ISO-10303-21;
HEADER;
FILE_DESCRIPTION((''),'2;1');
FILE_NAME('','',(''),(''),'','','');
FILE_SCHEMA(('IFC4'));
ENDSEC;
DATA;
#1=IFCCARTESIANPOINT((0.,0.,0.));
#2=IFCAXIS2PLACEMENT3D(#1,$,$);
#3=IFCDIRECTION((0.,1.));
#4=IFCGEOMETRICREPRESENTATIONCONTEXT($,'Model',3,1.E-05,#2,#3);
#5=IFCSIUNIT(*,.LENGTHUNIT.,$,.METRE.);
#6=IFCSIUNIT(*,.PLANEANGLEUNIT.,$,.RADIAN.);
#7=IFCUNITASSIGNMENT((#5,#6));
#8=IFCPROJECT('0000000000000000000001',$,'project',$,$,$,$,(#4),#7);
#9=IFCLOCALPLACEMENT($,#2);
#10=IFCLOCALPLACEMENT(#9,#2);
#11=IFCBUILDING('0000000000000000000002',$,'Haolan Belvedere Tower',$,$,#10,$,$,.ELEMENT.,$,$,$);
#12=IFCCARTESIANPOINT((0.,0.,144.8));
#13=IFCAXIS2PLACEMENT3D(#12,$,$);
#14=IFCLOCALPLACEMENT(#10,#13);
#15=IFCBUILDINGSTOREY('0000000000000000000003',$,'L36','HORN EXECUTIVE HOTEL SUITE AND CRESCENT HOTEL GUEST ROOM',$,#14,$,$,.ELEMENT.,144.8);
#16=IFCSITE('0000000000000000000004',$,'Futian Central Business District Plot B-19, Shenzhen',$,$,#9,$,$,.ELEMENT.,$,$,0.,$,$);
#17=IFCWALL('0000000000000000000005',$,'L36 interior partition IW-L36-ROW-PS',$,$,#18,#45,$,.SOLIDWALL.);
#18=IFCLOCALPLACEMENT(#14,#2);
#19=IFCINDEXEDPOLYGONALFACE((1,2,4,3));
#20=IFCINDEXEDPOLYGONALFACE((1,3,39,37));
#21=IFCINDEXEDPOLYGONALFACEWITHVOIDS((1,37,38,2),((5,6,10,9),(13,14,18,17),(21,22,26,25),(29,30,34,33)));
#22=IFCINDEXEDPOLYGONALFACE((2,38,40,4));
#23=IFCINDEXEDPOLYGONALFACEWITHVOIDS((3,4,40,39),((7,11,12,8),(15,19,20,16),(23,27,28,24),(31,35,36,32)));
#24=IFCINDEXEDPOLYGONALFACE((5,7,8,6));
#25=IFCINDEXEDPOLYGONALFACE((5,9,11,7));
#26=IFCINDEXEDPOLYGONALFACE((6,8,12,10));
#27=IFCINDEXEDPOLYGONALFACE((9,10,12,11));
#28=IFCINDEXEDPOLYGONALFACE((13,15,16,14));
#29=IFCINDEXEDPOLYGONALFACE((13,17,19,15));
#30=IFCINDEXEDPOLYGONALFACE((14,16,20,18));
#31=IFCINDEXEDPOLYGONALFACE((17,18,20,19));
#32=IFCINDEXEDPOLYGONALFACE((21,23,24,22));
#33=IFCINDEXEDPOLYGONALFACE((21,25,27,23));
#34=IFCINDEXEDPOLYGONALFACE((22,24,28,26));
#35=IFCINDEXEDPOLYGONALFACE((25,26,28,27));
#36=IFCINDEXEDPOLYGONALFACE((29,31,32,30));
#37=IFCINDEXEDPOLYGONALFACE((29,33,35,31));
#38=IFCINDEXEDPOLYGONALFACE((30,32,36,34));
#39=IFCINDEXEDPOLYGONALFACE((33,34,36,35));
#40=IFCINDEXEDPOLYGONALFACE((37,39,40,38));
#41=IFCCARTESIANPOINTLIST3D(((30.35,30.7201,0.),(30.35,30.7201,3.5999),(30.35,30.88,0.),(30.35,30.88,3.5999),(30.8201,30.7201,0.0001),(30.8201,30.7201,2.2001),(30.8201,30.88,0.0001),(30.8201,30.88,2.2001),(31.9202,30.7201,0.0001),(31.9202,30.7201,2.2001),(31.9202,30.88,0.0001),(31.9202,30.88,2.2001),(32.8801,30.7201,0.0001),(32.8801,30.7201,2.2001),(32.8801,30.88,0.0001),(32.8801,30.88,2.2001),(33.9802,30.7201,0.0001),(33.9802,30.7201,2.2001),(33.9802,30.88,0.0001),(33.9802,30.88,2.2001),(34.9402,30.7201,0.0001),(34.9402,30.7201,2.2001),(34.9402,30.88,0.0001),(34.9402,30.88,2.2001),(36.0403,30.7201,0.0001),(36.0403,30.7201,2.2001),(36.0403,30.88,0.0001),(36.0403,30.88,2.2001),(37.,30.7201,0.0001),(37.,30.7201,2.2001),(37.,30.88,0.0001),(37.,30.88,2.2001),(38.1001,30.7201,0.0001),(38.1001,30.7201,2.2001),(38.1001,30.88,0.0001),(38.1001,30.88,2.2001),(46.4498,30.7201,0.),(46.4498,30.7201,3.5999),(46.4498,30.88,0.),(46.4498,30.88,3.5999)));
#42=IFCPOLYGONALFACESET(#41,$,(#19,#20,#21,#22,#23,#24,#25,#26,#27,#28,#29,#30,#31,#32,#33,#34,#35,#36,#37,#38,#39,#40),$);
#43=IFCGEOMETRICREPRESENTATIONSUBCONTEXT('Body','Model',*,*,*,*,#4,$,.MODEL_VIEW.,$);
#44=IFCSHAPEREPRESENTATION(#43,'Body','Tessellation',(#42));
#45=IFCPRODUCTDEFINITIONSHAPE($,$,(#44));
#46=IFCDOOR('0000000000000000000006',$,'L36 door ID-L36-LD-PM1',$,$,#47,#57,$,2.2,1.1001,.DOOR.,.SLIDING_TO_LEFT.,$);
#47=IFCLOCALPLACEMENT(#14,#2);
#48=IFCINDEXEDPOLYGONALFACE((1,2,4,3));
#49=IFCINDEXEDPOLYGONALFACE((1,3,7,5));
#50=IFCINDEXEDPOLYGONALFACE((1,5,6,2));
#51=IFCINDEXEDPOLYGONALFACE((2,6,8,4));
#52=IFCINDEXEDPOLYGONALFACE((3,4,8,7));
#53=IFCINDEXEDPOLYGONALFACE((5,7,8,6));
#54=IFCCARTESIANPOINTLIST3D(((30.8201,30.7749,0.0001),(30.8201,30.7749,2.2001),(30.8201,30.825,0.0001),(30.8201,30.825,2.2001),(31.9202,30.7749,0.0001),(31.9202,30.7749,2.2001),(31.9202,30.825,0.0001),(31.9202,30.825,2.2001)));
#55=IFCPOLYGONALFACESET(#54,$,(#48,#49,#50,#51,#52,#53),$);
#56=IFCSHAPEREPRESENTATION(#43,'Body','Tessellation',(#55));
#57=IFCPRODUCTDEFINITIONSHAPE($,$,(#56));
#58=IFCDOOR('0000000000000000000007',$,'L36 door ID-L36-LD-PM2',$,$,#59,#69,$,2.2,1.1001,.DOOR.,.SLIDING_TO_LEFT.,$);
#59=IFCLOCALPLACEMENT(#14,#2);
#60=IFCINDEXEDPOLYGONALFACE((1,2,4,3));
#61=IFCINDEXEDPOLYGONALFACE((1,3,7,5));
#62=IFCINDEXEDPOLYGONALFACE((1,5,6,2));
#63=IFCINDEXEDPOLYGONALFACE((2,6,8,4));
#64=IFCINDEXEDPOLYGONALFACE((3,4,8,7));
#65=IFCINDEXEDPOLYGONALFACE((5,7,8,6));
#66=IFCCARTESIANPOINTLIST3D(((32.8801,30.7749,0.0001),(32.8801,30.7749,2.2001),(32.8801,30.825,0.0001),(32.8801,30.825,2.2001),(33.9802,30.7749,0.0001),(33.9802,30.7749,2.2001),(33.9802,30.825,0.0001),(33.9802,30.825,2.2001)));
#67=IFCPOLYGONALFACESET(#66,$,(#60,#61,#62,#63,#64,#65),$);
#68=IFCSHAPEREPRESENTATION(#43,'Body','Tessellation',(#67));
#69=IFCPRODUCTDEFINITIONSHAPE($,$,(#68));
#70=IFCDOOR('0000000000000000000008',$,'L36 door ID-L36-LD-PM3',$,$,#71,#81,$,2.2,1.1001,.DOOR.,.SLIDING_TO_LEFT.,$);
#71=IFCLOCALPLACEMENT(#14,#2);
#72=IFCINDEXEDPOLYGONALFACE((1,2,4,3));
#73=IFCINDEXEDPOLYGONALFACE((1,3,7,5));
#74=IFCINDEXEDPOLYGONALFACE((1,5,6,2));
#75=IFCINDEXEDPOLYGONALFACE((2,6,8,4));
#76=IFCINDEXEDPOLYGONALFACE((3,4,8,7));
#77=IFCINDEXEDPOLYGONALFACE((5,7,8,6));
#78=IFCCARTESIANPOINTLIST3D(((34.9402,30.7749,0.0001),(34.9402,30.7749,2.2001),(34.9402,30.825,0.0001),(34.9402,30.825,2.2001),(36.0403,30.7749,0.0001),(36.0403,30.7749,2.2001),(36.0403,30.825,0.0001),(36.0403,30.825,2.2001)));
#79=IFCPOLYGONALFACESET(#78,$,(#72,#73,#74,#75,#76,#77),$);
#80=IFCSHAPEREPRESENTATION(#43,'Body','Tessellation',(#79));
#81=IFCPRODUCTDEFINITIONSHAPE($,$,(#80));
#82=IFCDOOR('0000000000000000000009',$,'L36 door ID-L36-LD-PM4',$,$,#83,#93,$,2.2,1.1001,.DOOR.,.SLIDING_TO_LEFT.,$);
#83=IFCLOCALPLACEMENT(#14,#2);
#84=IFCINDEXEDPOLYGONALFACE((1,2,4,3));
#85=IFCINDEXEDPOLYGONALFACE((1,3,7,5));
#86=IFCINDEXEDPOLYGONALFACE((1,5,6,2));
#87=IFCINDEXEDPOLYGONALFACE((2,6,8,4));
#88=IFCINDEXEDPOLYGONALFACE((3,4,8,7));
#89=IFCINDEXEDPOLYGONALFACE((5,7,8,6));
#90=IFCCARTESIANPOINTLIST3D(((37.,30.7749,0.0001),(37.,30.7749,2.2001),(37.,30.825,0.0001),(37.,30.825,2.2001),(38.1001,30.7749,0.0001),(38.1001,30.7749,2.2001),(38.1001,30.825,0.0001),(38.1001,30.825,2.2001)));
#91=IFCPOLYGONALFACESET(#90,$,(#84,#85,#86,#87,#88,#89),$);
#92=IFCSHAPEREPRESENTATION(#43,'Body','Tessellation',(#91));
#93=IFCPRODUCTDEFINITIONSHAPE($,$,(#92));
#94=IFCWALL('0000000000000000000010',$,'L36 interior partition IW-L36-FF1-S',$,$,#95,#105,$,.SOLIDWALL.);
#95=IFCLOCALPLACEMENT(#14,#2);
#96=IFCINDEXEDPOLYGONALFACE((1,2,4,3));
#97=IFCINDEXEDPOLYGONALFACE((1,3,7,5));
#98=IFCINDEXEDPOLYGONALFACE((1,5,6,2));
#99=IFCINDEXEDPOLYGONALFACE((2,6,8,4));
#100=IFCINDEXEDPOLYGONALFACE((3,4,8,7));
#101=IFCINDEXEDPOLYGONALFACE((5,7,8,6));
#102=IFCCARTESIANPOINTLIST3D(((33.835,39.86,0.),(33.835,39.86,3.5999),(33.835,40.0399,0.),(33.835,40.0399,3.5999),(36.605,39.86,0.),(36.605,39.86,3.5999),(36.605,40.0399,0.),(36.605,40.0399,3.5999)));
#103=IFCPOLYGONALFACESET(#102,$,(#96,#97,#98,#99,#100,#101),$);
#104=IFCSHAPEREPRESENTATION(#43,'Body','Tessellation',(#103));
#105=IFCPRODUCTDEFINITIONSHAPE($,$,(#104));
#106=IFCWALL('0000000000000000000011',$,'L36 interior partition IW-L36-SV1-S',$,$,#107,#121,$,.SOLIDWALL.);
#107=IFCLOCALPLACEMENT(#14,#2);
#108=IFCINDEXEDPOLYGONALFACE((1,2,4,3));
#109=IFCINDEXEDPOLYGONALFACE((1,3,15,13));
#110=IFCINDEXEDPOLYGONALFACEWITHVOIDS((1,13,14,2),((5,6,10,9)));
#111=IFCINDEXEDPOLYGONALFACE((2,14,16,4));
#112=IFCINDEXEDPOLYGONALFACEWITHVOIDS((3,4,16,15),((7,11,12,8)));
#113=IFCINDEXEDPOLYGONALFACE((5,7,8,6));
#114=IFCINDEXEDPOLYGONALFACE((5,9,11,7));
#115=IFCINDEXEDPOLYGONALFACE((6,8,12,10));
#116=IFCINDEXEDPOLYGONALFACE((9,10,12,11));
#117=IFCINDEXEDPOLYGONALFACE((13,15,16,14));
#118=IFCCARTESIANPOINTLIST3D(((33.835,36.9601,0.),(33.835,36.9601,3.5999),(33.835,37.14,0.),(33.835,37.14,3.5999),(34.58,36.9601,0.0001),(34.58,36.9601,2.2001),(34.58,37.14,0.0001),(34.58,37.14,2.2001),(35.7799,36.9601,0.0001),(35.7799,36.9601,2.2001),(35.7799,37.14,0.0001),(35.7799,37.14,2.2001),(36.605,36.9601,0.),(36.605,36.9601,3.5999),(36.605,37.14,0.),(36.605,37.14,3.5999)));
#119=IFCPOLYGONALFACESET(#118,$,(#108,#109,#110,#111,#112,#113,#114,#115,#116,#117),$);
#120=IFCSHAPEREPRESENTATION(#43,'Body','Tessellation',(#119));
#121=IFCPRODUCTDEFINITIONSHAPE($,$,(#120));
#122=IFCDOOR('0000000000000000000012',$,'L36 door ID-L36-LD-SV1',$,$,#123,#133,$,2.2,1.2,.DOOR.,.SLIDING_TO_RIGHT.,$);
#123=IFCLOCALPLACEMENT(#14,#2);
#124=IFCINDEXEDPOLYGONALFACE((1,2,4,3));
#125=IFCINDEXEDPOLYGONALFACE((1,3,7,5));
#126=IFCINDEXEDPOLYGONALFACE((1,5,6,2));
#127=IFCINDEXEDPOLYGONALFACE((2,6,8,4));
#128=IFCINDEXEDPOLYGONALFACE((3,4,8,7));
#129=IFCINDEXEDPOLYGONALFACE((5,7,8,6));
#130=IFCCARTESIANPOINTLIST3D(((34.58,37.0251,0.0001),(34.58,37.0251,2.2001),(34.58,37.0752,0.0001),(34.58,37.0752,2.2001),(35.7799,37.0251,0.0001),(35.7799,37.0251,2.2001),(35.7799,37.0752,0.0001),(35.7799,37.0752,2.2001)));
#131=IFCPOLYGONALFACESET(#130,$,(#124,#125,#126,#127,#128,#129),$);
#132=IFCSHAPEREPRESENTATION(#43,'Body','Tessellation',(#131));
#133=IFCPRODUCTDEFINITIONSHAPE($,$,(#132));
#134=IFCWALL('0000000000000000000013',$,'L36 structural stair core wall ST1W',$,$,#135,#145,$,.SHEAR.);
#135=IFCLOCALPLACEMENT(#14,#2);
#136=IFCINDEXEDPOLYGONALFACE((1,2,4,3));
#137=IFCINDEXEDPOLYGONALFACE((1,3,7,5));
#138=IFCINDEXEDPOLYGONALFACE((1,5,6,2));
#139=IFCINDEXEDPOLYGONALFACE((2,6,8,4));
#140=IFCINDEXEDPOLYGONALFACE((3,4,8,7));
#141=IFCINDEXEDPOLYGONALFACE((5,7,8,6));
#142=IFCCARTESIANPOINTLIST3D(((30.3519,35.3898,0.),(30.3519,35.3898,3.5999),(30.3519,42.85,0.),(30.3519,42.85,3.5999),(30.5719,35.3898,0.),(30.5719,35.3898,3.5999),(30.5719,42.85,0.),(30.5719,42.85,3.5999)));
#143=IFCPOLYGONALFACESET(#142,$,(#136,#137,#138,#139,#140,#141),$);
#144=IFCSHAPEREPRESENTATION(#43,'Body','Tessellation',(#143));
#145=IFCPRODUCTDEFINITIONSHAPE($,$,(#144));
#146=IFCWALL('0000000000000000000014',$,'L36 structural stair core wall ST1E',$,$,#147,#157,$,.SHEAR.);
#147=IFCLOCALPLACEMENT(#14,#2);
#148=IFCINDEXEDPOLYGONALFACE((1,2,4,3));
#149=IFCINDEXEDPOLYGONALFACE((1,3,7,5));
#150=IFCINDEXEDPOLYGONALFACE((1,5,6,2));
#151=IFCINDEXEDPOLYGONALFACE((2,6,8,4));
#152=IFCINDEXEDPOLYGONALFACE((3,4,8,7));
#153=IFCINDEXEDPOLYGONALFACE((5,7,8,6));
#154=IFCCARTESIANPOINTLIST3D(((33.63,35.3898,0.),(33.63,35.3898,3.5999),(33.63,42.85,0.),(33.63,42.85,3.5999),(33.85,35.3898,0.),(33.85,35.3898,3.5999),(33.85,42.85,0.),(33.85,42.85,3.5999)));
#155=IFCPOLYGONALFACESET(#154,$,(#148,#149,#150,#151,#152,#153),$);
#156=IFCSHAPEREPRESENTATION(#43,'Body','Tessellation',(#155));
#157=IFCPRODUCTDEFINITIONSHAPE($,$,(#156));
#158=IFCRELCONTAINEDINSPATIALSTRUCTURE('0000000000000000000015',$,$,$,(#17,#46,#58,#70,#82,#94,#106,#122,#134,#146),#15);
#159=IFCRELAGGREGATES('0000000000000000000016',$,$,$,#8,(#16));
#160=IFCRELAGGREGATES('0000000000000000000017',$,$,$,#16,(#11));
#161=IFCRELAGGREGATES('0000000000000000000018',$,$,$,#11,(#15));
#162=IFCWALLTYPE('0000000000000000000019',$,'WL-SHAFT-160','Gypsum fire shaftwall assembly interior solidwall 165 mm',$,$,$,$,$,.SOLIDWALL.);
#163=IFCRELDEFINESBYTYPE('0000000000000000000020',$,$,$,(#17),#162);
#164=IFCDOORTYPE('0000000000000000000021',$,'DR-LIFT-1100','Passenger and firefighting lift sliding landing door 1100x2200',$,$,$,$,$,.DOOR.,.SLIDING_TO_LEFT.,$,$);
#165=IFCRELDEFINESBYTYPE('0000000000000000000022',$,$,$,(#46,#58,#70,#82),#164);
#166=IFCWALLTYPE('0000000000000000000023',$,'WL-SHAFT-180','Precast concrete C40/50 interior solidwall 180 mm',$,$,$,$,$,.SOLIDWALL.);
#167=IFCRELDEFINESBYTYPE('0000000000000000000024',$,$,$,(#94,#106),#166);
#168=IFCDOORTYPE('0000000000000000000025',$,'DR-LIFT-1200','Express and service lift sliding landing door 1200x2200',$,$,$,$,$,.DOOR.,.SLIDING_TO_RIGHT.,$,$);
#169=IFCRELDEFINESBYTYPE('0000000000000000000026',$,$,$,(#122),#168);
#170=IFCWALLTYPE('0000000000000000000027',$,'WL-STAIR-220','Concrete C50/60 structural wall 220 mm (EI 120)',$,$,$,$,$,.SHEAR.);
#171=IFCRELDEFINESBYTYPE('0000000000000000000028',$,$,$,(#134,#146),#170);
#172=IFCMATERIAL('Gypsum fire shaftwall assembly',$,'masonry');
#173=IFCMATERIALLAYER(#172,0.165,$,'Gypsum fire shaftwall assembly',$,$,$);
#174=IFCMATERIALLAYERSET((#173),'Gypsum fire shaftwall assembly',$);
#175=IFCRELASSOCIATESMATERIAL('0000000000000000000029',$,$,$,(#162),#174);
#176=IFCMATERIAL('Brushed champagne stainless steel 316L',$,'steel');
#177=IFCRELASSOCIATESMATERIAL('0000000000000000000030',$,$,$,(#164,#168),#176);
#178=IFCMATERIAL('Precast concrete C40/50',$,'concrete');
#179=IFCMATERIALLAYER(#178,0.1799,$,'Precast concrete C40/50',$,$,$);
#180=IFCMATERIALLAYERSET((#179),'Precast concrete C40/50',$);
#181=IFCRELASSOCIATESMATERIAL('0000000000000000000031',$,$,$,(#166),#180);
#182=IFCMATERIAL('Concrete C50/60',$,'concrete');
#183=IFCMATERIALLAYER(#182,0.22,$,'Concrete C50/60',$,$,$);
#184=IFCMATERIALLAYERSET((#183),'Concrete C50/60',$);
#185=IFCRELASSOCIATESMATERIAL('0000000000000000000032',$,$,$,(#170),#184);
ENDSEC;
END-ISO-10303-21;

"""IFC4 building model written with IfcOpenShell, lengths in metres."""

from ifc_helpers import new_model, si_unit, direction, frame, frame_2d, origin, place, context, subcontext, project, spatial, rectangle, extrude, material, layer, layer_set, type_object, element, fill, save


model = new_model("IFC4")

# Units and contexts
model_context = context("Model", 3, precision=1e-05, world=origin(), true_north=direction((0.0, 1.0)))
body_context = subcontext(model_context, "Body", "Model", "MODEL_VIEW")
ifc_project = project(units=[si_unit("LENGTHUNIT", "METRE"), si_unit("PLANEANGLEUNIT", "RADIAN")], contexts=[model_context])

# Site, building, storey
site_placement = place(None, origin())
site = spatial("IfcSite", under=ifc_project, at=site_placement, Name="Futian Central Business District Plot B-19, Shenzhen", CompositionType="ELEMENT", RefElevation=0.0)
building_placement = place(site_placement, origin())
building = spatial("IfcBuilding", under=site, at=building_placement, Name="Haolan Belvedere Tower", CompositionType="ELEMENT")
storey_placement = place(building_placement, frame((0.0, 0.0, 144.8)))
storey = spatial("IfcBuildingStorey", under=building, at=storey_placement, Name="L36", Description="HORN EXECUTIVE HOTEL SUITE AND CRESCENT HOTEL GUEST ROOM", CompositionType="ELEMENT", Elevation=144.8)

# Shared definitions
ifc_material_1 = material(Name="Gypsum fire shaftwall assembly", Category="masonry")
ifc_layer_1 = layer(ifc_material_1, 0.165, Name="Gypsum fire shaftwall assembly")
ifc_layer_set_1 = layer_set([ifc_layer_1], Name="Gypsum fire shaftwall assembly")
wall_type_1 = type_object("IfcWallType", Name="WL-SHAFT-160", Description="Gypsum fire shaftwall assembly interior solidwall 165 mm", PredefinedType="SOLIDWALL", material=ifc_layer_set_1)

# Wall, openings, doors
wall_1_placement = place(storey_placement, frame((30.3501, 30.8, 0.0), z_axis=(0.0, 0.0, 1.0), x_axis=(1.0, 0.0, 0.0)))
wall_1 = element("IfcWall", 1, at=wall_1_placement, inside=storey, type_object=wall_type_1, Name="L36 interior partition IW-L36-ROW-PS", PredefinedType="SOLIDWALL", context=body_context, shape_type="SweptSolid", body=[
    extrude(rectangle(XDim=16.0999, YDim=0.1599, at=frame_2d((8.0498, 0.0))), origin(), (0.0, 0.0, 1.0), 3.5999),
])
opening_1_placement = place(wall_1_placement, frame((0.47, 0.0, 0.0)))
opening_1 = element("IfcOpeningElement", 2, at=opening_1_placement, cuts=wall_1, PredefinedType="OPENING", context=body_context, shape_type="SweptSolid", body=[
    extrude(rectangle(XDim=1.1001, YDim=2.2, at=frame_2d((0.55, 1.1001))), frame((0.0, 0.0898, 0.0), z_axis=(0.0, -1.0, 0.0), x_axis=(1.0, 0.0, 0.0)), (0.0, 0.0, 1.0), 0.1799),
])
opening_2_placement = place(wall_1_placement, frame((2.53, 0.0, 0.0)))
opening_2 = element("IfcOpeningElement", 3, at=opening_2_placement, cuts=wall_1, PredefinedType="OPENING", context=body_context, shape_type="SweptSolid", body=[
    extrude(rectangle(XDim=1.1001, YDim=2.2, at=frame_2d((0.55, 1.1001))), frame((0.0, 0.0898, 0.0), z_axis=(0.0, -1.0, 0.0), x_axis=(1.0, 0.0, 0.0)), (0.0, 0.0, 1.0), 0.1799),
])
opening_3_placement = place(wall_1_placement, frame((4.5901, 0.0, 0.0)))
opening_3 = element("IfcOpeningElement", 4, at=opening_3_placement, cuts=wall_1, PredefinedType="OPENING", context=body_context, shape_type="SweptSolid", body=[
    extrude(rectangle(XDim=1.1001, YDim=2.2, at=frame_2d((0.55, 1.1001))), frame((0.0, 0.0898, 0.0), z_axis=(0.0, -1.0, 0.0), x_axis=(1.0, 0.0, 0.0)), (0.0, 0.0, 1.0), 0.1799),
])
opening_4_placement = place(wall_1_placement, frame((6.6499, 0.0, 0.0)))
opening_4 = element("IfcOpeningElement", 5, at=opening_4_placement, cuts=wall_1, PredefinedType="OPENING", context=body_context, shape_type="SweptSolid", body=[
    extrude(rectangle(XDim=1.1001, YDim=2.2, at=frame_2d((0.55, 1.1001))), frame((0.0, 0.0898, 0.0), z_axis=(0.0, -1.0, 0.0), x_axis=(1.0, 0.0, 0.0)), (0.0, 0.0, 1.0), 0.1799),
])
ifc_material_2 = material(Name="Brushed champagne stainless steel 316L", Category="steel")
door_type_1 = type_object("IfcDoorType", Name="DR-LIFT-1100", Description="Passenger and firefighting lift sliding landing door 1100x2200", OperationType="SLIDING_TO_LEFT", PredefinedType="DOOR", material=ifc_material_2)
door_1_placement = place(opening_1_placement, origin())
door_1 = element("IfcDoor", 6, at=door_1_placement, inside=storey, type_object=door_type_1, Name="L36 door ID-L36-LD-PM1", OperationType="SLIDING_TO_LEFT", OverallHeight=2.2, OverallWidth=1.1001, PredefinedType="DOOR", context=body_context, shape_type="SweptSolid", body=[
    extrude(rectangle(XDim=1.1001, YDim=2.2, at=frame_2d((0.55, 1.1001))), frame((0.0, 0.0249, 0.0), z_axis=(0.0, -1.0, 0.0), x_axis=(1.0, 0.0, 0.0)), (0.0, 0.0, 1.0), 0.05),
])
fill(opening_1, door_1)
door_2_placement = place(opening_2_placement, origin())
door_2 = element("IfcDoor", 7, at=door_2_placement, inside=storey, type_object=door_type_1, Name="L36 door ID-L36-LD-PM2", OperationType="SLIDING_TO_LEFT", OverallHeight=2.2, OverallWidth=1.1001, PredefinedType="DOOR", context=body_context, shape_type="SweptSolid", body=[
    extrude(rectangle(XDim=1.1001, YDim=2.2, at=frame_2d((0.55, 1.1001))), frame((0.0, 0.0249, 0.0), z_axis=(0.0, -1.0, 0.0), x_axis=(1.0, 0.0, 0.0)), (0.0, 0.0, 1.0), 0.05),
])
fill(opening_2, door_2)
door_3_placement = place(opening_3_placement, origin())
door_3 = element("IfcDoor", 8, at=door_3_placement, inside=storey, type_object=door_type_1, Name="L36 door ID-L36-LD-PM3", OperationType="SLIDING_TO_LEFT", OverallHeight=2.2, OverallWidth=1.1001, PredefinedType="DOOR", context=body_context, shape_type="SweptSolid", body=[
    extrude(rectangle(XDim=1.1001, YDim=2.2, at=frame_2d((0.55, 1.1001))), frame((0.0, 0.0249, 0.0), z_axis=(0.0, -1.0, 0.0), x_axis=(1.0, 0.0, 0.0)), (0.0, 0.0, 1.0), 0.05),
])
fill(opening_3, door_3)
door_4_placement = place(opening_4_placement, origin())
door_4 = element("IfcDoor", 9, at=door_4_placement, inside=storey, type_object=door_type_1, Name="L36 door ID-L36-LD-PM4", OperationType="SLIDING_TO_LEFT", OverallHeight=2.2, OverallWidth=1.1001, PredefinedType="DOOR", context=body_context, shape_type="SweptSolid", body=[
    extrude(rectangle(XDim=1.1001, YDim=2.2, at=frame_2d((0.55, 1.1001))), frame((0.0, 0.0249, 0.0), z_axis=(0.0, -1.0, 0.0), x_axis=(1.0, 0.0, 0.0)), (0.0, 0.0, 1.0), 0.05),
])
fill(opening_4, door_4)

# Wall
ifc_material_3 = material(Name="Precast concrete C40/50", Category="concrete")
ifc_layer_2 = layer(ifc_material_3, 0.1799, Name="Precast concrete C40/50")
ifc_layer_set_2 = layer_set([ifc_layer_2], Name="Precast concrete C40/50")
wall_type_2 = type_object("IfcWallType", Name="WL-SHAFT-180", Description="Precast concrete C40/50 interior solidwall 180 mm", PredefinedType="SOLIDWALL", material=ifc_layer_set_2)
wall_2_placement = place(storey_placement, frame((33.835, 39.95, 0.0), z_axis=(0.0, 0.0, 1.0), x_axis=(1.0, 0.0, 0.0)))
element("IfcWall", 10, at=wall_2_placement, inside=storey, type_object=wall_type_2, Name="L36 interior partition IW-L36-FF1-S", PredefinedType="SOLIDWALL", context=body_context, shape_type="SweptSolid", body=[
    extrude(rectangle(XDim=2.77, YDim=0.1799, at=frame_2d((1.385, 0.0))), origin(), (0.0, 0.0, 1.0), 3.5999),
])

# Wall, opening, door
wall_3_placement = place(storey_placement, frame((33.835, 37.05, 0.0), z_axis=(0.0, 0.0, 1.0), x_axis=(1.0, 0.0, 0.0)))
wall_3 = element("IfcWall", 11, at=wall_3_placement, inside=storey, type_object=wall_type_2, Name="L36 interior partition IW-L36-SV1-S", PredefinedType="SOLIDWALL", context=body_context, shape_type="SweptSolid", body=[
    extrude(rectangle(XDim=2.77, YDim=0.1799, at=frame_2d((1.385, 0.0))), origin(), (0.0, 0.0, 1.0), 3.5999),
])
opening_5_placement = place(wall_3_placement, frame((1.9451, 0.0, 0.0), z_axis=(0.0, 0.0, 1.0), x_axis=(-1.0, 0.0, 0.0)))
opening_5 = element("IfcOpeningElement", 12, at=opening_5_placement, cuts=wall_3, PredefinedType="OPENING", context=body_context, shape_type="SweptSolid", body=[
    extrude(rectangle(XDim=1.2, YDim=2.2, at=frame_2d((0.6001, 1.1001))), frame((0.0, 0.0999, 0.0), z_axis=(0.0, -1.0, 0.0), x_axis=(1.0, 0.0, 0.0)), (0.0, 0.0, 1.0), 0.2),
])
door_type_2 = type_object("IfcDoorType", Name="DR-LIFT-1200", Description="Express and service lift sliding landing door 1200x2200", OperationType="SLIDING_TO_RIGHT", PredefinedType="DOOR", material=ifc_material_2)
door_5_placement = place(opening_5_placement, origin())
door_5 = element("IfcDoor", 13, at=door_5_placement, inside=storey, type_object=door_type_2, Name="L36 door ID-L36-LD-SV1", OperationType="SLIDING_TO_RIGHT", OverallHeight=2.2, OverallWidth=1.2, PredefinedType="DOOR", context=body_context, shape_type="SweptSolid", body=[
    extrude(rectangle(XDim=1.2, YDim=2.2, at=frame_2d((0.6001, 1.1001))), frame((0.0, 0.0249, 0.0), z_axis=(0.0, -1.0, 0.0), x_axis=(1.0, 0.0, 0.0)), (0.0, 0.0, 1.0), 0.05),
])
fill(opening_5, door_5)

# Walls
ifc_material_4 = material(Name="Concrete C50/60", Category="concrete")
ifc_layer_3 = layer(ifc_material_4, 0.22, Name="Concrete C50/60")
ifc_layer_set_3 = layer_set([ifc_layer_3], Name="Concrete C50/60")
wall_type_3 = type_object("IfcWallType", Name="WL-STAIR-220", Description="Concrete C50/60 structural wall 220 mm (EI 120)", PredefinedType="SHEAR", material=ifc_layer_set_3)
for number, where, z_axis, x_axis, name in (
    (14, (30.4619, 35.3899, 0.0), (0.0, 0.0, 1.0), (0.0, 1.0, 0.0), "L36 structural stair core wall ST1W"),
    (15, (33.74, 35.3899, 0.0), (0.0, 0.0, 1.0), (0.0, 1.0, 0.0), "L36 structural stair core wall ST1E"),
):
    element("IfcWall", number, at=place(storey_placement, frame(where, z_axis=z_axis, x_axis=x_axis)), inside=storey, type_object=wall_type_3, Name=name, PredefinedType="SHEAR", context=body_context, shape_type="SweptSolid", body=[
        extrude(rectangle(XDim=7.4602, YDim=0.22, at=frame_2d((3.73, 0.0))), origin(), (0.0, 0.0, 1.0), 3.5999),
    ])

save(model, "model.ifc")
